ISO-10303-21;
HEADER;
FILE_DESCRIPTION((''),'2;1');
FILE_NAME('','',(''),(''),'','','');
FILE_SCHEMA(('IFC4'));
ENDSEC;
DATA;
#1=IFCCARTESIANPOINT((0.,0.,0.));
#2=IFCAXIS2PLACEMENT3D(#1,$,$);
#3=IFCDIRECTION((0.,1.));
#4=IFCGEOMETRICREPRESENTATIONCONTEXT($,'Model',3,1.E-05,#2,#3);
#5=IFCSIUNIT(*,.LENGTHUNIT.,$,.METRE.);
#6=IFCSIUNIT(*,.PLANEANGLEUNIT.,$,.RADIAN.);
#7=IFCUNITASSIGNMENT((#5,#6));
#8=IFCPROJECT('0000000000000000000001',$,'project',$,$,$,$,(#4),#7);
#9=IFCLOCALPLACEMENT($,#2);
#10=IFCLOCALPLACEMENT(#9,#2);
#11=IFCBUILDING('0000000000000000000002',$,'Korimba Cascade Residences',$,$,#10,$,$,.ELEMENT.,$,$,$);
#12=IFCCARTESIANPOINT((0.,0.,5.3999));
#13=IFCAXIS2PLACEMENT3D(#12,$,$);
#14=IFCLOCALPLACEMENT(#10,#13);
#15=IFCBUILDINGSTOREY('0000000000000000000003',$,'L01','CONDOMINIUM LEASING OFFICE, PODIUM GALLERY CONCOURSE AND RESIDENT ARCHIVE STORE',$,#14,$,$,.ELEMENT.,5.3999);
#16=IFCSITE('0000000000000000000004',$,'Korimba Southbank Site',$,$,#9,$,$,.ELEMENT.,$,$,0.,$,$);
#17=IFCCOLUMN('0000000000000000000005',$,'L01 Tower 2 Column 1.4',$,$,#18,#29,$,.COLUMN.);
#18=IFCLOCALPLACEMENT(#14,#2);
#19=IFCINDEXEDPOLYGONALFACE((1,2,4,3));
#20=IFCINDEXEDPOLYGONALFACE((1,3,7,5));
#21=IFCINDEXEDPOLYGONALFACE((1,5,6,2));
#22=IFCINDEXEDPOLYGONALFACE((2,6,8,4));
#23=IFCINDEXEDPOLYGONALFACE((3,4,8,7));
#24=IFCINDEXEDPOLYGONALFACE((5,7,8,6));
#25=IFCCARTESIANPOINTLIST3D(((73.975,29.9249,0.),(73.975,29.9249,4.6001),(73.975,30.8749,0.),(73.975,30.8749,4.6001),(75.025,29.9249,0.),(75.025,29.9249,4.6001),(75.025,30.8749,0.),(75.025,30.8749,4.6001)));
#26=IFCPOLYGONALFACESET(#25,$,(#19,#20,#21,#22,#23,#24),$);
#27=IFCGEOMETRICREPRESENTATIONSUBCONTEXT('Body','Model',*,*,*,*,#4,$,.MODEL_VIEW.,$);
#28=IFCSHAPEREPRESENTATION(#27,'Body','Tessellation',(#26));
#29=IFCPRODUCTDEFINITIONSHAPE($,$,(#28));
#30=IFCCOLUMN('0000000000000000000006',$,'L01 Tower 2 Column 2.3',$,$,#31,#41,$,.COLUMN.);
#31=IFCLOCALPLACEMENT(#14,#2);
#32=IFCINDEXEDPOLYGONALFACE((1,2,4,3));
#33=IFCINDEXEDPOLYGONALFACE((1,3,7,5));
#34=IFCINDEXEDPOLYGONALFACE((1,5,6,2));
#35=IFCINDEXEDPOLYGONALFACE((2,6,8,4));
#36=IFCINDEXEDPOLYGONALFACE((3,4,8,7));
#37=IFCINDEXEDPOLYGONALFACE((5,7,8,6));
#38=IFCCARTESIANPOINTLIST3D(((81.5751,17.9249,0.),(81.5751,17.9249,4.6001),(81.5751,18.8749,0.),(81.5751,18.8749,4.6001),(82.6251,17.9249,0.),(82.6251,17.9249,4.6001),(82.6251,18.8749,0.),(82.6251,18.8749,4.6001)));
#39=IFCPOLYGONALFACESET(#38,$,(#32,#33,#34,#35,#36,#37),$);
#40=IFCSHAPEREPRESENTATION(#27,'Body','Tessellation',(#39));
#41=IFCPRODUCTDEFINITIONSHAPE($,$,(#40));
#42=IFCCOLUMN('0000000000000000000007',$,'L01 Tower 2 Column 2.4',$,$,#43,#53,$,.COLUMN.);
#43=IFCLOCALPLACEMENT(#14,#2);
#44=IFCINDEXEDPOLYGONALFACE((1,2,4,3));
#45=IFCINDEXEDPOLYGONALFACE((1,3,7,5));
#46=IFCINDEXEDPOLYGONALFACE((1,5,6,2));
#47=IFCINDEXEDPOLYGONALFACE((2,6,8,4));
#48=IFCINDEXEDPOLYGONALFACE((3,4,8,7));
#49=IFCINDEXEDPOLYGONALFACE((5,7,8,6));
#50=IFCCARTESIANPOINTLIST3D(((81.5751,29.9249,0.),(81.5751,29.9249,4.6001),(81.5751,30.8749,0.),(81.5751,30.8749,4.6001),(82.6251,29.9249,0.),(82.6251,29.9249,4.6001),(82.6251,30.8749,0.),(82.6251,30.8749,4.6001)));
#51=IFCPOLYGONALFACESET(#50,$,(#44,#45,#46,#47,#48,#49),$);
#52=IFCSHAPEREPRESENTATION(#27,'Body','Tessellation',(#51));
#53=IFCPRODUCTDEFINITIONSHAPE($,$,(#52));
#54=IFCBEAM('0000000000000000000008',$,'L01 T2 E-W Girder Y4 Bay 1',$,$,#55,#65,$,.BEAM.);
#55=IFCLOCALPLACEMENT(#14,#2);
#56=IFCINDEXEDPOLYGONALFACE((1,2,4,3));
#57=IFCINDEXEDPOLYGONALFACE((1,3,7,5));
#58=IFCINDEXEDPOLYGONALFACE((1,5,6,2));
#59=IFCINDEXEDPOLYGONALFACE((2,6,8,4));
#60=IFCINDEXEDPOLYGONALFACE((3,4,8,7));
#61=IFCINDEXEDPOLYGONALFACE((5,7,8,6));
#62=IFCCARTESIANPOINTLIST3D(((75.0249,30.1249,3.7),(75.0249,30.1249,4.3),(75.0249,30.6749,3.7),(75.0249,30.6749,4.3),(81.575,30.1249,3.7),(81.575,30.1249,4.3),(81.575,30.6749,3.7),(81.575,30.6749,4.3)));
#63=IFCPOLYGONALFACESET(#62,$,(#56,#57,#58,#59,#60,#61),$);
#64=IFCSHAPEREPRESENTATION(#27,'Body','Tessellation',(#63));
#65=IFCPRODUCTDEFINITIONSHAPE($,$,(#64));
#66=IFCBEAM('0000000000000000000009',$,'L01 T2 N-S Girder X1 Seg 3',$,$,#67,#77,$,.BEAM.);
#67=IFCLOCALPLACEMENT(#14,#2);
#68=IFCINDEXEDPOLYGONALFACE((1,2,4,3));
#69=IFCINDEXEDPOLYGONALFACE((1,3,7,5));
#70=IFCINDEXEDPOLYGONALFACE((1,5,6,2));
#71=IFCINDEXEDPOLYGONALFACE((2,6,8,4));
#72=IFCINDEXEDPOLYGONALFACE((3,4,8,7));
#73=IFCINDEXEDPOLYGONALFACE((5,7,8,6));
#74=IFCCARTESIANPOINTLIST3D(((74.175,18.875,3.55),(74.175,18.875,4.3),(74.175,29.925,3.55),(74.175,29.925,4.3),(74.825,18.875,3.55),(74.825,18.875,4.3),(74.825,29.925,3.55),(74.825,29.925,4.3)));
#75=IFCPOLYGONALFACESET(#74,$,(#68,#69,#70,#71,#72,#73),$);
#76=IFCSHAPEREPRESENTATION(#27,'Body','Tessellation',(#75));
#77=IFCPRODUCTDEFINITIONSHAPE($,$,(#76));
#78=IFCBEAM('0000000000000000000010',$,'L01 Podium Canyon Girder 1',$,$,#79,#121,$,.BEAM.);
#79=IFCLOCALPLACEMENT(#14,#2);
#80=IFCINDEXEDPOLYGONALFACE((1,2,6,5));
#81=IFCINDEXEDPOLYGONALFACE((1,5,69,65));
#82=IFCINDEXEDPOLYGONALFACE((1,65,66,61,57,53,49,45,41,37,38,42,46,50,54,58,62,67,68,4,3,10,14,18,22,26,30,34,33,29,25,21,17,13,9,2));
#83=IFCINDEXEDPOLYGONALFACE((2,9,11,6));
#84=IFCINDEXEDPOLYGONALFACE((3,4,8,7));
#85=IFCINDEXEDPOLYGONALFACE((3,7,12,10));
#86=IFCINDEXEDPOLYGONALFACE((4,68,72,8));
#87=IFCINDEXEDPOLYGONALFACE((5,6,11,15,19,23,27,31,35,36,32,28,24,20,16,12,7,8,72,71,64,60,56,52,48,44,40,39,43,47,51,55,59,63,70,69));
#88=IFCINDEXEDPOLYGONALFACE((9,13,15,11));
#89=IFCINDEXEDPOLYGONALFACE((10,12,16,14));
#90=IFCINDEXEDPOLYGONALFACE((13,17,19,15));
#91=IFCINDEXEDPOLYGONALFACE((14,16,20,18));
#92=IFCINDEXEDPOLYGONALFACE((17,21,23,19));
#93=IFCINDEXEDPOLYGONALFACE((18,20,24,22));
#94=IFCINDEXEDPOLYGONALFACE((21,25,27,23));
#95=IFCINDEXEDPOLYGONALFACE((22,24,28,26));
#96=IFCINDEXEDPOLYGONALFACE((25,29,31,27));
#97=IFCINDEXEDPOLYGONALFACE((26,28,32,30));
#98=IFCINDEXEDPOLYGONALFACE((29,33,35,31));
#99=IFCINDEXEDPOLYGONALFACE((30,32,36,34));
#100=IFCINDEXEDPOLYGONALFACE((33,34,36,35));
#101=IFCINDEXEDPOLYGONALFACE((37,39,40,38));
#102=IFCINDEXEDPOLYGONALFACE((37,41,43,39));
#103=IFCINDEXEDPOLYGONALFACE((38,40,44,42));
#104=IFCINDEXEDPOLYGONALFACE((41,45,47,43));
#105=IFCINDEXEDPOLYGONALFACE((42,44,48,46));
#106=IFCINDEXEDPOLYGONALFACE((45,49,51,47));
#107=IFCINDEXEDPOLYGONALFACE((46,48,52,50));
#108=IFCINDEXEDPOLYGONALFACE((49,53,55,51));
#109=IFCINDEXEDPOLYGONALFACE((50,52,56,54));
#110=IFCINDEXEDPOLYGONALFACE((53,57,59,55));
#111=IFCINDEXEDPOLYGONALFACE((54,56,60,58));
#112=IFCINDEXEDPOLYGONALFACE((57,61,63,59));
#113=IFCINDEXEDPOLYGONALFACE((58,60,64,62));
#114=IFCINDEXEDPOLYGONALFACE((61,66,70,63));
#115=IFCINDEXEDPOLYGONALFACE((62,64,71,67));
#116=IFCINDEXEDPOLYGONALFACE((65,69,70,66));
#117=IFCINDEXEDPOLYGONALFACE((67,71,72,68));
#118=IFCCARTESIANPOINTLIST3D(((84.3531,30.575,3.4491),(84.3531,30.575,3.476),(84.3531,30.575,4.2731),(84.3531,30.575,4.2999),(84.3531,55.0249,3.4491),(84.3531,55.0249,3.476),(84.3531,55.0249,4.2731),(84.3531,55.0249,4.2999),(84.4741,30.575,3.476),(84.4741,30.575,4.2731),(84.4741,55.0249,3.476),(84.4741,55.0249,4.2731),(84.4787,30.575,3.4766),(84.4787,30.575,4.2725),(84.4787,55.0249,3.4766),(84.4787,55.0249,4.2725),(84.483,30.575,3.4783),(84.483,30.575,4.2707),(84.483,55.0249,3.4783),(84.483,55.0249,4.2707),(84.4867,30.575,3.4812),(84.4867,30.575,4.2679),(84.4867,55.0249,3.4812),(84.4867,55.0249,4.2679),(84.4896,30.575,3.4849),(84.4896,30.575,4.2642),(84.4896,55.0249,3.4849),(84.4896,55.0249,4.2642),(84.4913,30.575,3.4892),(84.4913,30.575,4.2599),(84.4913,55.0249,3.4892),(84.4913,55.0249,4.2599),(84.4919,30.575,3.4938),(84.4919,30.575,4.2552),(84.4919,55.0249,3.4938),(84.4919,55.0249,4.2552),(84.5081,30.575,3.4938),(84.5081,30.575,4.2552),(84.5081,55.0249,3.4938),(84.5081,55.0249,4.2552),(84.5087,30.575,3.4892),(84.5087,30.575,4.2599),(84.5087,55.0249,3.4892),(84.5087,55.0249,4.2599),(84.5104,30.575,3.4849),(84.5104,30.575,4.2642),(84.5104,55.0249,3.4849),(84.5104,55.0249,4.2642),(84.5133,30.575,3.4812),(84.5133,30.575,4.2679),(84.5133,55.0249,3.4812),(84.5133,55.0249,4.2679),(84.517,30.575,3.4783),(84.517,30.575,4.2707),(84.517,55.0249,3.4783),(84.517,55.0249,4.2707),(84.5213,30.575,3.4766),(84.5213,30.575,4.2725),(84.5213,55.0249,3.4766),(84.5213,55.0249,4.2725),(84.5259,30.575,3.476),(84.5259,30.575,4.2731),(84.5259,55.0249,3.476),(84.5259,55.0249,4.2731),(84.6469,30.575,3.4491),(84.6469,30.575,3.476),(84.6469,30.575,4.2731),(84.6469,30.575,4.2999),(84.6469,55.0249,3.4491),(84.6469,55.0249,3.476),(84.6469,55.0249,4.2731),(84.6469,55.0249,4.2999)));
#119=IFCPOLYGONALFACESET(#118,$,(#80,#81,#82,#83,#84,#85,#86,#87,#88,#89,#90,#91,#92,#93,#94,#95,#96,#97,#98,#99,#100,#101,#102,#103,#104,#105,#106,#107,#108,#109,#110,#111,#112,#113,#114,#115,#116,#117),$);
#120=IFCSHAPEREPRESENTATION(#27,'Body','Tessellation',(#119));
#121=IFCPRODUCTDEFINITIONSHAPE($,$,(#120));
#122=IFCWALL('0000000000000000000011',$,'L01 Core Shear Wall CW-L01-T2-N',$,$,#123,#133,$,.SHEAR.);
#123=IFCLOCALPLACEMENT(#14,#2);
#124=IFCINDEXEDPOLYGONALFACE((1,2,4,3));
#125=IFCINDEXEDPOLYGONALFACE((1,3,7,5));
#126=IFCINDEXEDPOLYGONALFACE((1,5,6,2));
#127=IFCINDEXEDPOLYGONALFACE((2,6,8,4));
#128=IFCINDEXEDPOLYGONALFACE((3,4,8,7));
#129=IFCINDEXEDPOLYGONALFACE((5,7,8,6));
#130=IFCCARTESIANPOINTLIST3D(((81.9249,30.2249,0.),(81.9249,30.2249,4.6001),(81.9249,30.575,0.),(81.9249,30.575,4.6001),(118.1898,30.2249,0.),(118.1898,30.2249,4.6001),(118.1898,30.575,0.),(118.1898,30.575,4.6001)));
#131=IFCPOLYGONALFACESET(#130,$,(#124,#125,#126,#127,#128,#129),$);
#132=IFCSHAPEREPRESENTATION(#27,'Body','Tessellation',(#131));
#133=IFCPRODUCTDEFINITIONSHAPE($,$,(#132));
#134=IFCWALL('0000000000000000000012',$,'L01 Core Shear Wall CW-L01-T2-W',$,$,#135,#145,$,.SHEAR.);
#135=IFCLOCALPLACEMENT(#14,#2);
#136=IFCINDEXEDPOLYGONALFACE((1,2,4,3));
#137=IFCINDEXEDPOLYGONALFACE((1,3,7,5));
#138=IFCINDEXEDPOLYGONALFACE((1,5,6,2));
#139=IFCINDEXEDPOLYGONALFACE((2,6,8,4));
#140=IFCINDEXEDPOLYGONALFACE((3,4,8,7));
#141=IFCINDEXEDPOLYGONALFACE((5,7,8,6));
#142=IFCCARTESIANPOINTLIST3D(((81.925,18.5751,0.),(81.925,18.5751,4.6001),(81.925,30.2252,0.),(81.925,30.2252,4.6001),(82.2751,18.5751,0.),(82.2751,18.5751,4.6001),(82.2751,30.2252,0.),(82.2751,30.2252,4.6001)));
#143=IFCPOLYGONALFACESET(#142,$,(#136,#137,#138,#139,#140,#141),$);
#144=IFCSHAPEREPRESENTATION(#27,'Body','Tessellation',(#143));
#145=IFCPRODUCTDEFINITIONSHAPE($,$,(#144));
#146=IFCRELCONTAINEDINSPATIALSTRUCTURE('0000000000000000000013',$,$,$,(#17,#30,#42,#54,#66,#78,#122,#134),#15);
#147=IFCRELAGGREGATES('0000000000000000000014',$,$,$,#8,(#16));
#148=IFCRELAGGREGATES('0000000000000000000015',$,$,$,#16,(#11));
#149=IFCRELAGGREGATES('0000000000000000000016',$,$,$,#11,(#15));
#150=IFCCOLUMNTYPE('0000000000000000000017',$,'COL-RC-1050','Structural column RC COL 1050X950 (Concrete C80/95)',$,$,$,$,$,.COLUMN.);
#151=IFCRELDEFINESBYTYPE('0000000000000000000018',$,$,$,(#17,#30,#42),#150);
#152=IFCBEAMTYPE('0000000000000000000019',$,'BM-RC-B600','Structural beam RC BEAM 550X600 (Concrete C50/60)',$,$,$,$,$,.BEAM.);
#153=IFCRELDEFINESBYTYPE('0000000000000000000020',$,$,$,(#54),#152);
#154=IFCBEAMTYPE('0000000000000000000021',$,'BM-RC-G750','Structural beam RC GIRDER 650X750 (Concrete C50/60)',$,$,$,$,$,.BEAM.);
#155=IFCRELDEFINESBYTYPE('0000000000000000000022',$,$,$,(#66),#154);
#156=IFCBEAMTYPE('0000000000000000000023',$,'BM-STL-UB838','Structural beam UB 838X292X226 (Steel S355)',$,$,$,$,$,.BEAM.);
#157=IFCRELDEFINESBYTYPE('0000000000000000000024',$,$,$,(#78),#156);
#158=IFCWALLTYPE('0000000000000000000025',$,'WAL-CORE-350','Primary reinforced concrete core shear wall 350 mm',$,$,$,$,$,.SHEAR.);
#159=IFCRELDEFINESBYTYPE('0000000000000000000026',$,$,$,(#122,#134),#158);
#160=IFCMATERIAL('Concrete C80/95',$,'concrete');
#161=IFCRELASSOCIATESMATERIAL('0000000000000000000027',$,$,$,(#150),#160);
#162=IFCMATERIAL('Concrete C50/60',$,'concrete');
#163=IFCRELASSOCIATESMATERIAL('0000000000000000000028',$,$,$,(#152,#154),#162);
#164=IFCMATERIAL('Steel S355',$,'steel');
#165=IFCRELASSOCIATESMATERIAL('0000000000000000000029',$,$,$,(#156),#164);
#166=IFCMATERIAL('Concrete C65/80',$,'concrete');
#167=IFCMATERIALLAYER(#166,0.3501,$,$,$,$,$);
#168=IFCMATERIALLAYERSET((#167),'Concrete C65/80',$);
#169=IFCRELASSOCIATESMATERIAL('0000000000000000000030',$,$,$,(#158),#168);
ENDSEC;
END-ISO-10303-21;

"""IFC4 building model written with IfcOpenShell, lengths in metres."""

from ifc_helpers import new_model, si_unit, direction, frame, frame_2d, origin, origin_2d, place, context, subcontext, project, spatial, rectangle, i_section, extrude, material, layer, layer_set, material_profile, profile_set, type_object, element, save


model = new_model("IFC4")

# Units and contexts
model_context = context("Model", 3, precision=1e-05, world=origin(), true_north=direction((0.0, 1.0)))
body_context = subcontext(model_context, "Body", "Model", "MODEL_VIEW")
ifc_project = project(units=[si_unit("LENGTHUNIT", "METRE"), si_unit("PLANEANGLEUNIT", "RADIAN")], contexts=[model_context])

# Site, building, storey
site_placement = place(None, origin())
site = spatial("IfcSite", under=ifc_project, at=site_placement, Name="Korimba Southbank Site", CompositionType="ELEMENT", RefElevation=0.0)
building_placement = place(site_placement, origin())
building = spatial("IfcBuilding", under=site, at=building_placement, Name="Korimba Cascade Residences", CompositionType="ELEMENT")
storey_placement = place(building_placement, frame((0.0, 0.0, 5.3999)))
storey = spatial("IfcBuildingStorey", under=building, at=storey_placement, Name="L01", Description="CONDOMINIUM LEASING OFFICE, PODIUM GALLERY CONCOURSE AND RESIDENT ARCHIVE STORE", CompositionType="ELEMENT", Elevation=5.3999)

# Columns
ifc_material_1 = material(Name="Concrete C80/95", Category="concrete")
ifc_material_profile_1 = material_profile(ifc_material_1, rectangle(XDim=1.05, YDim=0.95, at=origin_2d()), Name="Concrete C80/95")
ifc_profile_set_1 = profile_set([ifc_material_profile_1], Name="Concrete C80/95")
column_type = type_object("IfcColumnType", Name="COL-RC-1050", Description="Structural column RC COL 1050X950 (Concrete C80/95)", PredefinedType="COLUMN", material=ifc_profile_set_1)
for number, where, z_axis, x_axis, name in (
    (1, (74.5, 30.3999, 0.0), (0.0, 0.0, 1.0), (1.0, 0.0, 0.0), "L01 Tower 2 Column 1.4"),
    (2, (82.1001, 18.3999, 0.0), (0.0, 0.0, 1.0), (1.0, 0.0, 0.0), "L01 Tower 2 Column 2.3"),
    (3, (82.1001, 30.3999, 0.0), (0.0, 0.0, 1.0), (1.0, 0.0, 0.0), "L01 Tower 2 Column 2.4"),
):
    element("IfcColumn", number, at=place(storey_placement, frame(where, z_axis=z_axis, x_axis=x_axis)), inside=storey, type_object=column_type, Name=name, PredefinedType="COLUMN", context=body_context, shape_type="SweptSolid", body=[
        extrude(rectangle(XDim=1.05, YDim=0.95, at=origin_2d()), origin(), (0.0, 0.0, 1.0), 4.6001),
    ])

# Beams
ifc_material_2 = material(Name="Concrete C50/60", Category="concrete")
ifc_material_profile_2 = material_profile(ifc_material_2, rectangle(XDim=0.55, YDim=0.6001, at=origin_2d()), Name="Concrete C50/60")
ifc_profile_set_2 = profile_set([ifc_material_profile_2], Name="Concrete C50/60")
beam_type_1 = type_object("IfcBeamType", Name="BM-RC-B600", Description="Structural beam RC BEAM 550X600 (Concrete C50/60)", PredefinedType="BEAM", material=ifc_profile_set_2)
beam_1_placement = place(storey_placement, frame((75.0249, 30.3999, 4.0), z_axis=(1.0, 0.0, 0.0), x_axis=(0.0, 1.0, 0.0)))
element("IfcBeam", 4, at=beam_1_placement, inside=storey, type_object=beam_type_1, Name="L01 T2 E-W Girder Y4 Bay 1", PredefinedType="BEAM", context=body_context, shape_type="SweptSolid", body=[
    extrude(rectangle(XDim=0.55, YDim=0.6001, at=origin_2d()), origin(), (0.0, 0.0, 1.0), 6.55),
])
ifc_material_profile_3 = material_profile(ifc_material_2, rectangle(XDim=0.6499, YDim=0.75, at=origin_2d()), Name="Concrete C50/60")
ifc_profile_set_3 = profile_set([ifc_material_profile_3], Name="Concrete C50/60")
beam_type_2 = type_object("IfcBeamType", Name="BM-RC-G750", Description="Structural beam RC GIRDER 650X750 (Concrete C50/60)", PredefinedType="BEAM", material=ifc_profile_set_3)
beam_2_placement = place(storey_placement, frame((74.5, 18.875, 3.925), z_axis=(0.0, 1.0, 0.0), x_axis=(-1.0, 0.0, 0.0)))
element("IfcBeam", 5, at=beam_2_placement, inside=storey, type_object=beam_type_2, Name="L01 T2 N-S Girder X1 Seg 3", PredefinedType="BEAM", context=body_context, shape_type="SweptSolid", body=[
    extrude(rectangle(XDim=0.6499, YDim=0.75, at=origin_2d()), origin(), (0.0, 0.0, 1.0), 11.05),
])
ifc_material_3 = material(Name="Steel S355", Category="steel")
ifc_material_profile_4 = material_profile(ifc_material_3, i_section(OverallWidth=0.2937, OverallDepth=0.8508, WebThickness=0.0161, FlangeThickness=0.0269, FilletRadius=0.0178, at=origin_2d()), Name="Steel S355")
ifc_profile_set_4 = profile_set([ifc_material_profile_4], Name="Steel S355")
beam_type_3 = type_object("IfcBeamType", Name="BM-STL-UB838", Description="Structural beam UB 838X292X226 (Steel S355)", PredefinedType="BEAM", material=ifc_profile_set_4)
beam_3_placement = place(storey_placement, frame((84.5, 30.575, 3.8745), z_axis=(0.0, 1.0, 0.0), x_axis=(-1.0, 0.0, 0.0)))
element("IfcBeam", 6, at=beam_3_placement, inside=storey, type_object=beam_type_3, Name="L01 Podium Canyon Girder 1", PredefinedType="BEAM", context=body_context, shape_type="SweptSolid", body=[
    extrude(i_section(OverallWidth=0.2937, OverallDepth=0.8508, WebThickness=0.0161, FlangeThickness=0.0269, FilletRadius=0.0178, at=origin_2d()), origin(), (0.0, 0.0, 1.0), 24.45),
])

# Walls
ifc_material_4 = material(Name="Concrete C65/80", Category="concrete")
ifc_layer_1 = layer(ifc_material_4, 0.3501)
ifc_layer_set_1 = layer_set([ifc_layer_1], Name="Concrete C65/80")
wall_type_1 = type_object("IfcWallType", Name="WAL-CORE-350", Description="Primary reinforced concrete core shear wall 350 mm", PredefinedType="SHEAR", material=ifc_layer_set_1)
wall_1_placement = place(storey_placement, frame((81.925, 30.3999, 0.0), z_axis=(0.0, 0.0, 1.0), x_axis=(1.0, 0.0, 0.0)))
element("IfcWall", 7, at=wall_1_placement, inside=storey, type_object=wall_type_1, Name="L01 Core Shear Wall CW-L01-T2-N", PredefinedType="SHEAR", context=body_context, shape_type="SweptSolid", body=[
    extrude(rectangle(XDim=36.2649, YDim=0.3501, at=frame_2d((18.1323, 0.0))), origin(), (0.0, 0.0, 1.0), 4.6001),
])
wall_2_placement = place(storey_placement, frame((82.1001, 18.575, 0.0), z_axis=(0.0, 0.0, 1.0), x_axis=(0.0, 1.0, 0.0)))
element("IfcWall", 8, at=wall_2_placement, inside=storey, type_object=wall_type_1, Name="L01 Core Shear Wall CW-L01-T2-W", PredefinedType="SHEAR", context=body_context, shape_type="SweptSolid", body=[
    extrude(rectangle(XDim=11.6501, YDim=0.3501, at=frame_2d((5.8252, 0.0))), origin(), (0.0, 0.0, 1.0), 4.6001),
])

save(model, "model.ifc")
